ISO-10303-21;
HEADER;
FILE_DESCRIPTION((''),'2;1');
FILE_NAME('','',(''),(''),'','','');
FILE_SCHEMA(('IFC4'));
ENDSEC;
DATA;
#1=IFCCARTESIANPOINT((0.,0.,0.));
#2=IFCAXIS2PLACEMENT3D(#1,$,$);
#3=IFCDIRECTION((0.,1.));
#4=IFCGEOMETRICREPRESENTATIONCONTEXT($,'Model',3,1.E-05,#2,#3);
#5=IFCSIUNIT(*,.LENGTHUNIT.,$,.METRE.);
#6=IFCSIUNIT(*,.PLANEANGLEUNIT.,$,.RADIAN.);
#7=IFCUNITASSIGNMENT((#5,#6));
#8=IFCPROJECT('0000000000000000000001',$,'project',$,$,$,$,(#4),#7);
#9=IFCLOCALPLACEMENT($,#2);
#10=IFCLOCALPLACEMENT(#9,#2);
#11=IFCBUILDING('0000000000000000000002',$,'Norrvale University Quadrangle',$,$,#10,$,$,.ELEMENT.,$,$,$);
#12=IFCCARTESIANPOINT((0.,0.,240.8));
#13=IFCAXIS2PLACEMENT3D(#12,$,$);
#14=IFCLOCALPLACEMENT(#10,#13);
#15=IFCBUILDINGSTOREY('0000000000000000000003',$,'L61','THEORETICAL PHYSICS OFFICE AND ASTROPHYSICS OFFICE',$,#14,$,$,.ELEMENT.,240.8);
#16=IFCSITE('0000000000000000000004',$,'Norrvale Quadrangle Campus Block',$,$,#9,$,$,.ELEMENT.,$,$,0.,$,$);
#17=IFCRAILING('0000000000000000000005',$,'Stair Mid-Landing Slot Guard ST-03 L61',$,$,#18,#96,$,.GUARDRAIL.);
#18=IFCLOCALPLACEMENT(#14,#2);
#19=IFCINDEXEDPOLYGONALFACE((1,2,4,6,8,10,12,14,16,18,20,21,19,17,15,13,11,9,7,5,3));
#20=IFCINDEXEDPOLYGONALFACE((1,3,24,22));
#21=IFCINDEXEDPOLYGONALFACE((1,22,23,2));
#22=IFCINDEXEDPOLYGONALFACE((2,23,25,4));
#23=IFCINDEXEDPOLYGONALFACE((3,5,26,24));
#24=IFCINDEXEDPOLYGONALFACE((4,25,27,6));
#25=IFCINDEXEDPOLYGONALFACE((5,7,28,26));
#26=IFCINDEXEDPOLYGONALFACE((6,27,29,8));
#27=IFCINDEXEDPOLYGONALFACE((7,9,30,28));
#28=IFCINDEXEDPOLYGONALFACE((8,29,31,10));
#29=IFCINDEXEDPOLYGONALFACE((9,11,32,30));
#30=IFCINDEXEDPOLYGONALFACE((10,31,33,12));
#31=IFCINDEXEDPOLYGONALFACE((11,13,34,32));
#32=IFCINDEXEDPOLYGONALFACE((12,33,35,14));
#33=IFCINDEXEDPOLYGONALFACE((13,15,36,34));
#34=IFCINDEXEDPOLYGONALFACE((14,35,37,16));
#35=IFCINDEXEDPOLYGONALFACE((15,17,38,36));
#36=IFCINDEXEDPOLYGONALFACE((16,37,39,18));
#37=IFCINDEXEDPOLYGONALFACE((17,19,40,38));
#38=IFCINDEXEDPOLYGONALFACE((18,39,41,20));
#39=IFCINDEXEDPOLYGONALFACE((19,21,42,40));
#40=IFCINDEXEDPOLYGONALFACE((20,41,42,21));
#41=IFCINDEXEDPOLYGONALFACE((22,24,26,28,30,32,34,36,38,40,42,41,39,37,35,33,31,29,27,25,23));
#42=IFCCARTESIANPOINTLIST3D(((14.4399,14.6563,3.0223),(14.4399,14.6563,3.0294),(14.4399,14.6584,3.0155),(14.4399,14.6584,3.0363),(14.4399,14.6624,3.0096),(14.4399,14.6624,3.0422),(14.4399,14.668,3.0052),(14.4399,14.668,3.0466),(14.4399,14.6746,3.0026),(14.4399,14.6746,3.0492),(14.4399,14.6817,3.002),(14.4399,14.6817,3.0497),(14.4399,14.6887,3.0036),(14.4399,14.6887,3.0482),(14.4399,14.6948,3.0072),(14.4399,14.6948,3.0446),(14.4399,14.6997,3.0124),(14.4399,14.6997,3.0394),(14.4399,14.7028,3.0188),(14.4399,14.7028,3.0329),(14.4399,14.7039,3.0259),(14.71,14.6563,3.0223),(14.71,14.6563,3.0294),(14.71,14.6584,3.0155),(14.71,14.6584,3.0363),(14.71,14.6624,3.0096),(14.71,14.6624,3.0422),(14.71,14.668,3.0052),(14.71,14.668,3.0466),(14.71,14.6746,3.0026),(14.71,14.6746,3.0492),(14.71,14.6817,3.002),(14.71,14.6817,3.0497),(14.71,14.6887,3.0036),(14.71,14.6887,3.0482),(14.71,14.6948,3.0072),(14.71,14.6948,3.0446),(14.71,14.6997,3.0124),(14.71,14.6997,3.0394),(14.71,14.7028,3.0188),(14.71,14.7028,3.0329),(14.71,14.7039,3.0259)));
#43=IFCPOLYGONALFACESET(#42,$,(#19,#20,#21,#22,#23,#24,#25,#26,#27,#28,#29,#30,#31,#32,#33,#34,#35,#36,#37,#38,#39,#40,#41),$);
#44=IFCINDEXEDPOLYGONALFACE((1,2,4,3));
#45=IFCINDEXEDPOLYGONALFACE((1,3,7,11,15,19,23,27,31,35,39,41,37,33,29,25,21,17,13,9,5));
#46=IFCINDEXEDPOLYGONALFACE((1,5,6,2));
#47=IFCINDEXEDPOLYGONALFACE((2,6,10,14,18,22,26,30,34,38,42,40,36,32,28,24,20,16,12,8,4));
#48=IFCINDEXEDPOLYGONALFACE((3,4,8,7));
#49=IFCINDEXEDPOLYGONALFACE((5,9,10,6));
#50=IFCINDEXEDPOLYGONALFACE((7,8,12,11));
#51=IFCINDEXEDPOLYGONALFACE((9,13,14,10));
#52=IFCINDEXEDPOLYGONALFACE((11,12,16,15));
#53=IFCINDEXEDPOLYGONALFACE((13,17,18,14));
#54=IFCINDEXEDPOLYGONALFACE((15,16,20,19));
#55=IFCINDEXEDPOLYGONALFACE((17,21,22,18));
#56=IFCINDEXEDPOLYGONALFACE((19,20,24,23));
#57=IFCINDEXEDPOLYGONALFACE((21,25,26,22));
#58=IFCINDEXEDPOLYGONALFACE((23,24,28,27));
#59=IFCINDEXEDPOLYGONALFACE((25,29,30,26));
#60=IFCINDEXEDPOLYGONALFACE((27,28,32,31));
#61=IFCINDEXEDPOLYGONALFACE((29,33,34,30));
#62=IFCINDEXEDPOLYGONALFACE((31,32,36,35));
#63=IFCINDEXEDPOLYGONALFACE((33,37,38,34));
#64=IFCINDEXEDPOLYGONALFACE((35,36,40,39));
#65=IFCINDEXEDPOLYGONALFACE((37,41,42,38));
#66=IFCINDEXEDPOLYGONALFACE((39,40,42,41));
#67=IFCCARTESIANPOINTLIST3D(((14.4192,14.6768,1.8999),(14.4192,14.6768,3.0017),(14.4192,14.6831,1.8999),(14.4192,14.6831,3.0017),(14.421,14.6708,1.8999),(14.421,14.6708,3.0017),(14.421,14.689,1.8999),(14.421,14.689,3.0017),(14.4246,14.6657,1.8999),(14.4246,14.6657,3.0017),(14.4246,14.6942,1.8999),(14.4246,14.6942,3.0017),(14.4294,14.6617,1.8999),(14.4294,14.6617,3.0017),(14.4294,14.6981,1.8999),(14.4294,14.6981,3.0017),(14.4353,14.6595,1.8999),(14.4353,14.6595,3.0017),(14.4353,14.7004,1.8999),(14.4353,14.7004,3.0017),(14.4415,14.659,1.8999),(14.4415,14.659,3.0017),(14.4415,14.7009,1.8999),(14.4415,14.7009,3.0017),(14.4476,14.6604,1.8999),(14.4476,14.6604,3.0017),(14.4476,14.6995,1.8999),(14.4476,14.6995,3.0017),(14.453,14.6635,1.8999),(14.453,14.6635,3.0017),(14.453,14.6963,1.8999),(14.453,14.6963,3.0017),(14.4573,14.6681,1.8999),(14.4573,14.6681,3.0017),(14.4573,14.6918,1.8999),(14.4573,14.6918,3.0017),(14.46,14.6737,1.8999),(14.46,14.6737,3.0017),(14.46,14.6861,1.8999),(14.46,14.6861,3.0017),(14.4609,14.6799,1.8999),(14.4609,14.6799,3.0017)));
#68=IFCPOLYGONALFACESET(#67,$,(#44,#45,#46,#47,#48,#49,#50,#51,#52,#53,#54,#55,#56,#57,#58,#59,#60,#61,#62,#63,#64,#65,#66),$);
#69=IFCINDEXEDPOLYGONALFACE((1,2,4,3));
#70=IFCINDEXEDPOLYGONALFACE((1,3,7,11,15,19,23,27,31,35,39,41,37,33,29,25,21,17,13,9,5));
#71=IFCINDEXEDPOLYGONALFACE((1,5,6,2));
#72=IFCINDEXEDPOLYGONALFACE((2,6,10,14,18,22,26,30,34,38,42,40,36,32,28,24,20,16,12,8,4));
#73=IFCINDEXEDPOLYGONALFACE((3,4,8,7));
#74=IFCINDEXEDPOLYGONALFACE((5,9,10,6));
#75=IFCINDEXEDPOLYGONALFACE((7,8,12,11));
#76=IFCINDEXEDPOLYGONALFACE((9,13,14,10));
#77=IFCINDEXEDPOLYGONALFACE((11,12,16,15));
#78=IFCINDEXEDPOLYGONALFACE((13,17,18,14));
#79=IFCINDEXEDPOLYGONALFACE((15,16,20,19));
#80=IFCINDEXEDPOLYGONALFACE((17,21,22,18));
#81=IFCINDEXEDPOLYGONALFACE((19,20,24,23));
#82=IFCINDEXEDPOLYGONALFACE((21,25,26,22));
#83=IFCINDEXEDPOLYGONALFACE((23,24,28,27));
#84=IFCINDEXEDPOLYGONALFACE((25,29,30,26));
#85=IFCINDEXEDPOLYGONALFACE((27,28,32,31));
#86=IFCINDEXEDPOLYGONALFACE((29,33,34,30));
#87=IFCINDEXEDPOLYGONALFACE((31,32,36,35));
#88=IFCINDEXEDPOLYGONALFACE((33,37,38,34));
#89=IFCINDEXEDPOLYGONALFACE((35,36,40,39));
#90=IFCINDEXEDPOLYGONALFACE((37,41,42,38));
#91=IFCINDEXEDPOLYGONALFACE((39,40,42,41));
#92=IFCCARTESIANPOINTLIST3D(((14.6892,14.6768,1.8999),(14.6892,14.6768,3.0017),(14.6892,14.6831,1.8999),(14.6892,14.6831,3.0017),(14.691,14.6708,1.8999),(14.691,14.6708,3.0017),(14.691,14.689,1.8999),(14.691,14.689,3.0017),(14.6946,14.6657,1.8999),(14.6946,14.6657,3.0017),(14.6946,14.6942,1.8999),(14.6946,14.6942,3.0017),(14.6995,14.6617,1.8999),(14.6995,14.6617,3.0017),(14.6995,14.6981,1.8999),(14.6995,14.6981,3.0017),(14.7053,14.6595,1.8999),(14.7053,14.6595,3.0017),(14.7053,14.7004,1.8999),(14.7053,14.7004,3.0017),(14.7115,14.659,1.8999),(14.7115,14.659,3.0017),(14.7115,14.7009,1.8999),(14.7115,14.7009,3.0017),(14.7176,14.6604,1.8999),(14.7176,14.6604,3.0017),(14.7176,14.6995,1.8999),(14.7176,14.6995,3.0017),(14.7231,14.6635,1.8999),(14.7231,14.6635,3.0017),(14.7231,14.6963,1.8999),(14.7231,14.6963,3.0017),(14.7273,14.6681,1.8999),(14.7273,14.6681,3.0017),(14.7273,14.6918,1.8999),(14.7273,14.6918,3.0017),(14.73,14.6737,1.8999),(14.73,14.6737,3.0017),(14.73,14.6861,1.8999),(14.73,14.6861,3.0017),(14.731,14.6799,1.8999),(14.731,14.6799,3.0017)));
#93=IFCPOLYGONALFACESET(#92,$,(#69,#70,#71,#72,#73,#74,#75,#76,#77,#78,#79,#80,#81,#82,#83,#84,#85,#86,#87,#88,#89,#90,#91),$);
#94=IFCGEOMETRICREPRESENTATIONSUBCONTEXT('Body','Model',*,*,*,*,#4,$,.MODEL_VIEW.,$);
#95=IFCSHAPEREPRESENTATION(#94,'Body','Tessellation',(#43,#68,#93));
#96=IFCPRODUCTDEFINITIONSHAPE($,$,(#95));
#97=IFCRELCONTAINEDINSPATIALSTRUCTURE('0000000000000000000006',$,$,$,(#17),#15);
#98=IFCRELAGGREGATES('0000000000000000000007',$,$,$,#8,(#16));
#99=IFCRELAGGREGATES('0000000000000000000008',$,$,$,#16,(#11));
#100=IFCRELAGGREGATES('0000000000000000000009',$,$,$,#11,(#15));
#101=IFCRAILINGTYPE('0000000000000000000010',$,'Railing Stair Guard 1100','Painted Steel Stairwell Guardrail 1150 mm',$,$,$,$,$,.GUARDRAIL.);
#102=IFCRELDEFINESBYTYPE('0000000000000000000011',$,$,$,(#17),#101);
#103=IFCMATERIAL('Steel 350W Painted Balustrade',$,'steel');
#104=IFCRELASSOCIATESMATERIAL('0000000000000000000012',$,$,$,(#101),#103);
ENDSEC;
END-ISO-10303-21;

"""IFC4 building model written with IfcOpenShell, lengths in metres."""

from ifc_helpers import new_model, si_unit, direction, frame, origin, origin_2d, place, context, subcontext, project, spatial, circle, extrude, material, type_object, element, save


model = new_model("IFC4")

# Units and contexts
model_context = context("Model", 3, precision=1e-05, world=origin(), true_north=direction((0.0, 1.0)))
body_context = subcontext(model_context, "Body", "Model", "MODEL_VIEW")
ifc_project = project(units=[si_unit("LENGTHUNIT", "METRE"), si_unit("PLANEANGLEUNIT", "RADIAN")], contexts=[model_context])

# Site, building, storey
site_placement = place(None, origin())
site = spatial("IfcSite", under=ifc_project, at=site_placement, Name="Norrvale Quadrangle Campus Block", CompositionType="ELEMENT", RefElevation=0.0)
building_placement = place(site_placement, origin())
building = spatial("IfcBuilding", under=site, at=building_placement, Name="Norrvale University Quadrangle", CompositionType="ELEMENT")
storey_placement = place(building_placement, frame((0.0, 0.0, 240.8)))
storey = spatial("IfcBuildingStorey", under=building, at=storey_placement, Name="L61", Description="THEORETICAL PHYSICS OFFICE AND ASTROPHYSICS OFFICE", CompositionType="ELEMENT", Elevation=240.8)

# Railing
ifc_material_1 = material(Name="Steel 350W Painted Balustrade", Category="steel")
railing_type_1 = type_object("IfcRailingType", Name="Railing Stair Guard 1100", Description="Painted Steel Stairwell Guardrail 1150 mm", PredefinedType="GUARDRAIL", material=ifc_material_1)
for number, where, name in (
    (1, (14.4399, 14.6799, 1.8999), "Stair Mid-Landing Slot Guard ST-03 L61"),
):
    element("IfcRailing", number, at=place(storey_placement, frame(where)), inside=storey, type_object=railing_type_1, Name=name, PredefinedType="GUARDRAIL", context=body_context, shape_type="SweptSolid", body=[
        extrude(circle(Radius=0.0239, at=origin_2d()), frame((0.0, 0.0, 1.126), z_axis=(1.0, 0.0, 0.0), x_axis=(0.0, 1.0, 0.0)), (0.0, 0.0, 1.0), 0.27),
        extrude(circle(Radius=0.021, at=origin_2d()), origin(), (0.0, 0.0, 1.0), 1.1018),
        extrude(circle(Radius=0.021, at=origin_2d()), frame((0.27, 0.0, 0.0)), (0.0, 0.0, 1.0), 1.1018),
    ])

save(model, "model.ifc")
